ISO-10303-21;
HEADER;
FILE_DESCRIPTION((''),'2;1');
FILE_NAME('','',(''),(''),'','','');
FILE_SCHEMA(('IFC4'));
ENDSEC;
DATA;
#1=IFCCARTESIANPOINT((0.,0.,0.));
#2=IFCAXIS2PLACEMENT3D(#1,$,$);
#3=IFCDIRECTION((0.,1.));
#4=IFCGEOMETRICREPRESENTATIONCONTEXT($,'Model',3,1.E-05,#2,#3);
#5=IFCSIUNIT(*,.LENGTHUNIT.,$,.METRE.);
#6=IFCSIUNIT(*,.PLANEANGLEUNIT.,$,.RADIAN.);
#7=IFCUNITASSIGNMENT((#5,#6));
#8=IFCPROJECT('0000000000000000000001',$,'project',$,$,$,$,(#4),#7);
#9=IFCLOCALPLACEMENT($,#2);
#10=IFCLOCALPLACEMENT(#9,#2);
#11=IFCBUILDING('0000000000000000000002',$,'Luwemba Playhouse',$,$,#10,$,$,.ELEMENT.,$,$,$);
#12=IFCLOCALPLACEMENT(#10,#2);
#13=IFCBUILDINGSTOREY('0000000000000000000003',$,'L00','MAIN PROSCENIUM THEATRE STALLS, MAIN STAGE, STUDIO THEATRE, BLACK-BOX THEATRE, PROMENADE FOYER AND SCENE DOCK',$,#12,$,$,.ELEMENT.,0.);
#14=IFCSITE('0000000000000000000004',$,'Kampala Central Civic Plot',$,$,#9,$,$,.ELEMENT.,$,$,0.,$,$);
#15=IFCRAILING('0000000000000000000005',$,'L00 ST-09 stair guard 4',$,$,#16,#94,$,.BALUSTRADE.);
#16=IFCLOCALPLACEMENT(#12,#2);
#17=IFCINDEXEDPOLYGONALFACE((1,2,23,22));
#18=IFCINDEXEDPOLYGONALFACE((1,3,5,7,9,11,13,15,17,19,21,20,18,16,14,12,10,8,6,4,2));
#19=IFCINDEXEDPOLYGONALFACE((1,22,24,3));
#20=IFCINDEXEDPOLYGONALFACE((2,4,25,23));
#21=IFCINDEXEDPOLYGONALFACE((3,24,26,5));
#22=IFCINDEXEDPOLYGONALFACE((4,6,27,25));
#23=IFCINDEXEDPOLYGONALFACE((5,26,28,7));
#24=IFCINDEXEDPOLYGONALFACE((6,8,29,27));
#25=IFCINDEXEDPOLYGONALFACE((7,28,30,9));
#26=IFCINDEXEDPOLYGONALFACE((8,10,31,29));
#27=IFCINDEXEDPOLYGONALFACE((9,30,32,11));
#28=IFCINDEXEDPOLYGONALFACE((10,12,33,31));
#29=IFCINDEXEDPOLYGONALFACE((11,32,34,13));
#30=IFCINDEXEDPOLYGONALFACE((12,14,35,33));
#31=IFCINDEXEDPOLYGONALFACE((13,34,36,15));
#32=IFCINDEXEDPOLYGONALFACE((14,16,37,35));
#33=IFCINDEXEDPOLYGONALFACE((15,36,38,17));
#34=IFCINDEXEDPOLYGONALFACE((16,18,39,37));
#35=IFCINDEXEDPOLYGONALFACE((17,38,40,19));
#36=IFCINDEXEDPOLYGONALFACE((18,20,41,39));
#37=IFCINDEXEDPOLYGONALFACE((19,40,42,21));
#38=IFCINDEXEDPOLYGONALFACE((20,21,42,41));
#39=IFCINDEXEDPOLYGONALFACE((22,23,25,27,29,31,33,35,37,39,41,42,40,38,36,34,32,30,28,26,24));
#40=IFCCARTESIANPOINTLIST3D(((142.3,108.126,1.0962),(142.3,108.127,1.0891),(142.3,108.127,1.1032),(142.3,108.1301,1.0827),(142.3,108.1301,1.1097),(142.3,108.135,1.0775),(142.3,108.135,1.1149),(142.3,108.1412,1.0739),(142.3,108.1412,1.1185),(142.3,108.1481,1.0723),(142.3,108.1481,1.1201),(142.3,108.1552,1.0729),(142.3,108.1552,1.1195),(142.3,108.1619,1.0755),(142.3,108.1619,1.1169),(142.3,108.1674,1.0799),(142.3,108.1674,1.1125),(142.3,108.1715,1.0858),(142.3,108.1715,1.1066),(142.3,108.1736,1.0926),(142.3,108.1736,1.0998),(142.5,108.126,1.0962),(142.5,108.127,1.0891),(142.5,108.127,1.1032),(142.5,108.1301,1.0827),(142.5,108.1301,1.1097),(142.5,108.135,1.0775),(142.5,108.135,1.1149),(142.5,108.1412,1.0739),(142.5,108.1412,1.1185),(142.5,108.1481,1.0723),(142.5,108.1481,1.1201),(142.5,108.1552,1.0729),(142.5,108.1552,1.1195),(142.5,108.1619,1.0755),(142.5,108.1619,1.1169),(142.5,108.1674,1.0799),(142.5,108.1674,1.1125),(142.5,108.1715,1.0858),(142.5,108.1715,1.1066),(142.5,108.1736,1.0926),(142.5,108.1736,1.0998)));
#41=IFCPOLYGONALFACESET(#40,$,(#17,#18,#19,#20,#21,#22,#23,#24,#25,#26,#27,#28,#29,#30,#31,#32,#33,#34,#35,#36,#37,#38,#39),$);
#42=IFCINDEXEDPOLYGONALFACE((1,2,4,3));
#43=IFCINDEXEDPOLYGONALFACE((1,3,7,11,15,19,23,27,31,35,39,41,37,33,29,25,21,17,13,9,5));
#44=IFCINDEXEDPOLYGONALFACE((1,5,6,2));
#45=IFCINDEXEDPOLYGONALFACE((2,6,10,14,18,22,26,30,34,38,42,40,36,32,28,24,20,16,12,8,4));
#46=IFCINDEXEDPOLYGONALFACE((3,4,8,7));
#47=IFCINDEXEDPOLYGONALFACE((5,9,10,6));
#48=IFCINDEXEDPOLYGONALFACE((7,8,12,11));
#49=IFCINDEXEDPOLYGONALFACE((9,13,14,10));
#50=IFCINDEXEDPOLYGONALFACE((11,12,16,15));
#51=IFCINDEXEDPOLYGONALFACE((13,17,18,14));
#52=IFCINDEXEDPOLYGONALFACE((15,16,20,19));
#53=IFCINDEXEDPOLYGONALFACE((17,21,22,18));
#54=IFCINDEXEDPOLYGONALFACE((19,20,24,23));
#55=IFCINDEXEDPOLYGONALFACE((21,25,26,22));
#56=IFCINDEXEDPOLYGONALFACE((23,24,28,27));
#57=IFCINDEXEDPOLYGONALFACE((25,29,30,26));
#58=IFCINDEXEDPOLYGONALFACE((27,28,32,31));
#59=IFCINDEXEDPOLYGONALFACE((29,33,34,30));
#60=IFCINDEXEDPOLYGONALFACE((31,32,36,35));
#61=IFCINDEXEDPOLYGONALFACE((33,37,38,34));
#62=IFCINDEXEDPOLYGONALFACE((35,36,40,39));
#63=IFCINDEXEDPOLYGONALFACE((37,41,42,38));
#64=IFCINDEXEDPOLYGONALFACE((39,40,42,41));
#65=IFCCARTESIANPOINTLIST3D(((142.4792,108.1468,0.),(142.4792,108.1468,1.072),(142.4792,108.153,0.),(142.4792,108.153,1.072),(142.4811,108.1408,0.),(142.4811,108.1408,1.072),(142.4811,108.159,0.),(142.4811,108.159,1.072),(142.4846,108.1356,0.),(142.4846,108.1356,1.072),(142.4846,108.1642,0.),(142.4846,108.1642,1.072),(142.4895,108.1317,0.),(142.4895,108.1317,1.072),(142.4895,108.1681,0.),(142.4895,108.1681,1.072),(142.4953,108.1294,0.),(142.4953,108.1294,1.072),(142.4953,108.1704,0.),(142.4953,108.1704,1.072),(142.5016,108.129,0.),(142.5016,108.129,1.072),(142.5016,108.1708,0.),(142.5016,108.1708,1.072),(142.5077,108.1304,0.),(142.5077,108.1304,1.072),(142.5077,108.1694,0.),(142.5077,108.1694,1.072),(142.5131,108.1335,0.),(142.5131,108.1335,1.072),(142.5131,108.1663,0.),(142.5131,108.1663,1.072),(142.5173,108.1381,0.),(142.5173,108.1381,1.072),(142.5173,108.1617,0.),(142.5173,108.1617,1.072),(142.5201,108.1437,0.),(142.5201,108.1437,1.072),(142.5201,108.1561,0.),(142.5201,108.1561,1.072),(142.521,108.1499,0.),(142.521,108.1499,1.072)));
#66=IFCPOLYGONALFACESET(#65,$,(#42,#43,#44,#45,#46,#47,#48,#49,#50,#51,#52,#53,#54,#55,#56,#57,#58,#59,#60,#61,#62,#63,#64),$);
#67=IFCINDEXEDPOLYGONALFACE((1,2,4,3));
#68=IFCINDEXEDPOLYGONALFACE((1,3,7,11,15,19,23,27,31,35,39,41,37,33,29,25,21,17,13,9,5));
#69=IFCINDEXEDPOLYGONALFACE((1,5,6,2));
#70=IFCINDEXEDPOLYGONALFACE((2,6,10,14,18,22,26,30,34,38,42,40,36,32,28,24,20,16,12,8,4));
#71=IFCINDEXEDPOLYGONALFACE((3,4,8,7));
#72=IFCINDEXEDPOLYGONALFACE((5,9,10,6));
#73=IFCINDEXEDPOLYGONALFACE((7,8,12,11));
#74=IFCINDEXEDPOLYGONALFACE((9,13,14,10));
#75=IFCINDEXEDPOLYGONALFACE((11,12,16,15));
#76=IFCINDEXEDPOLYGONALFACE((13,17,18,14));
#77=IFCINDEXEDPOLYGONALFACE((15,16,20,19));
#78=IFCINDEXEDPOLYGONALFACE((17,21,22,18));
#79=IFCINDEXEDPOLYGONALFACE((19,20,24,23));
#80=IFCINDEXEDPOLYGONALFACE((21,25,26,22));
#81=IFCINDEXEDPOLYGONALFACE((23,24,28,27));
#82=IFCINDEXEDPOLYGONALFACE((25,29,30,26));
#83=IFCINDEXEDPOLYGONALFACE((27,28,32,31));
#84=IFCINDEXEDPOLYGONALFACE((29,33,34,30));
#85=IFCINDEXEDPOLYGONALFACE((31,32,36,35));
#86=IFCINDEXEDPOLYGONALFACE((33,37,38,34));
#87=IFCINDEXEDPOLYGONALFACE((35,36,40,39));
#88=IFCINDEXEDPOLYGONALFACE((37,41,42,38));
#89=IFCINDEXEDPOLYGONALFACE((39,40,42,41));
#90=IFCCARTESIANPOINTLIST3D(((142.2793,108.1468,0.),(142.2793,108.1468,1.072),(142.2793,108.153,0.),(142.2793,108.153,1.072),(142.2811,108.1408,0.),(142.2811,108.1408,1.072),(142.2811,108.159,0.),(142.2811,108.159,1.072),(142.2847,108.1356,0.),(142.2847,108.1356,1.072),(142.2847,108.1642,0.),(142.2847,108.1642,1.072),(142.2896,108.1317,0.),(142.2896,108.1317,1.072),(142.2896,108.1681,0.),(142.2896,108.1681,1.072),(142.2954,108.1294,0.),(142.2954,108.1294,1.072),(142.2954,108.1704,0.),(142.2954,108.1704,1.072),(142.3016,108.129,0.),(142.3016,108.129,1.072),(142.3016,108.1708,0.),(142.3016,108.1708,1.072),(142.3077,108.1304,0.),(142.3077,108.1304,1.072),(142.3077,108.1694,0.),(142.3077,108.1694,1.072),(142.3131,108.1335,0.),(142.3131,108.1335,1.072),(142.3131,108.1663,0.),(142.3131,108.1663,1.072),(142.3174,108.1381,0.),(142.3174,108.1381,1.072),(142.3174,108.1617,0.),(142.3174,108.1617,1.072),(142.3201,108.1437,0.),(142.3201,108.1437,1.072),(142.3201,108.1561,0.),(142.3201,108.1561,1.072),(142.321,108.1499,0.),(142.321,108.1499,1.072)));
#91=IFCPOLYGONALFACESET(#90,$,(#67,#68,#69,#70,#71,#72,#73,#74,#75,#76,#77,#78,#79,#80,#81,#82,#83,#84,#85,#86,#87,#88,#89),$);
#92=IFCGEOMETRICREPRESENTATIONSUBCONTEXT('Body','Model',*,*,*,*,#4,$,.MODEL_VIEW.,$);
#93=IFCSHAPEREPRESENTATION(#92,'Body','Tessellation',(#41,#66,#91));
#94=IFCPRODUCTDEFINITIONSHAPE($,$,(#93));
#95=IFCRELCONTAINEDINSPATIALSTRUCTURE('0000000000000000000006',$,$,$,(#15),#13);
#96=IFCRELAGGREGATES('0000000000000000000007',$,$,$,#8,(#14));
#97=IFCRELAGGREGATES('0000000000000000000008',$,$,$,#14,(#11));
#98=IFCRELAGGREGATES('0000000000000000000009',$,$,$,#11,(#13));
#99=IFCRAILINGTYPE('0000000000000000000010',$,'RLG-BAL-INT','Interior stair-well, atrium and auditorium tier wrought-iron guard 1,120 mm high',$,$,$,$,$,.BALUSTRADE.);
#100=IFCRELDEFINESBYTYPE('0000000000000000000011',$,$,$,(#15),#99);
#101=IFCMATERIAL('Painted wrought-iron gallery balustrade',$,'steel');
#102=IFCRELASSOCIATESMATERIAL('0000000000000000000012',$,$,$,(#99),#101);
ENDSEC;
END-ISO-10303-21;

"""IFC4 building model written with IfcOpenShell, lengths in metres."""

from ifc_helpers import new_model, si_unit, direction, frame, origin, origin_2d, place, context, subcontext, project, spatial, circle, extrude, material, type_object, element, save


model = new_model("IFC4")

# Units and contexts
model_context = context("Model", 3, precision=1e-05, world=origin(), true_north=direction((0.0, 1.0)))
body_context = subcontext(model_context, "Body", "Model", "MODEL_VIEW")
ifc_project = project(units=[si_unit("LENGTHUNIT", "METRE"), si_unit("PLANEANGLEUNIT", "RADIAN")], contexts=[model_context])

# Site, building, storey
site_placement = place(None, origin())
site = spatial("IfcSite", under=ifc_project, at=site_placement, Name="Kampala Central Civic Plot", CompositionType="ELEMENT", RefElevation=0.0)
building_placement = place(site_placement, origin())
building = spatial("IfcBuilding", under=site, at=building_placement, Name="Luwemba Playhouse", CompositionType="ELEMENT")
storey_placement = place(building_placement, origin())
storey = spatial("IfcBuildingStorey", under=building, at=storey_placement, Name="L00", Description="MAIN PROSCENIUM THEATRE STALLS, MAIN STAGE, STUDIO THEATRE, BLACK-BOX THEATRE, PROMENADE FOYER AND SCENE DOCK", CompositionType="ELEMENT", Elevation=0.0)

# Railing
ifc_material_1 = material(Name="Painted wrought-iron gallery balustrade", Category="steel")
railing_type_1 = type_object("IfcRailingType", Name="RLG-BAL-INT", Description="Interior stair-well, atrium and auditorium tier wrought-iron guard 1,120 mm high", PredefinedType="BALUSTRADE", material=ifc_material_1)
railing_1_placement = place(storey_placement, frame((142.5, 108.1499, 0.0)))
element("IfcRailing", 1, at=railing_1_placement, inside=storey, type_object=railing_type_1, Name="L00 ST-09 stair guard 4", PredefinedType="BALUSTRADE", context=body_context, shape_type="SweptSolid", body=[
    extrude(circle(Radius=0.0239, at=origin_2d()), frame((0.0, 0.0, 1.0962), z_axis=(-1.0, 0.0, 0.0), x_axis=(0.0, -1.0, 0.0)), (0.0, 0.0, 1.0), 0.2),
    extrude(circle(Radius=0.021, at=origin_2d()), origin(), (0.0, 0.0, 1.0), 1.072),
    extrude(circle(Radius=0.021, at=origin_2d()), frame((-0.2, 0.0, 0.0)), (0.0, 0.0, 1.0), 1.072),
])

save(model, "model.ifc")
